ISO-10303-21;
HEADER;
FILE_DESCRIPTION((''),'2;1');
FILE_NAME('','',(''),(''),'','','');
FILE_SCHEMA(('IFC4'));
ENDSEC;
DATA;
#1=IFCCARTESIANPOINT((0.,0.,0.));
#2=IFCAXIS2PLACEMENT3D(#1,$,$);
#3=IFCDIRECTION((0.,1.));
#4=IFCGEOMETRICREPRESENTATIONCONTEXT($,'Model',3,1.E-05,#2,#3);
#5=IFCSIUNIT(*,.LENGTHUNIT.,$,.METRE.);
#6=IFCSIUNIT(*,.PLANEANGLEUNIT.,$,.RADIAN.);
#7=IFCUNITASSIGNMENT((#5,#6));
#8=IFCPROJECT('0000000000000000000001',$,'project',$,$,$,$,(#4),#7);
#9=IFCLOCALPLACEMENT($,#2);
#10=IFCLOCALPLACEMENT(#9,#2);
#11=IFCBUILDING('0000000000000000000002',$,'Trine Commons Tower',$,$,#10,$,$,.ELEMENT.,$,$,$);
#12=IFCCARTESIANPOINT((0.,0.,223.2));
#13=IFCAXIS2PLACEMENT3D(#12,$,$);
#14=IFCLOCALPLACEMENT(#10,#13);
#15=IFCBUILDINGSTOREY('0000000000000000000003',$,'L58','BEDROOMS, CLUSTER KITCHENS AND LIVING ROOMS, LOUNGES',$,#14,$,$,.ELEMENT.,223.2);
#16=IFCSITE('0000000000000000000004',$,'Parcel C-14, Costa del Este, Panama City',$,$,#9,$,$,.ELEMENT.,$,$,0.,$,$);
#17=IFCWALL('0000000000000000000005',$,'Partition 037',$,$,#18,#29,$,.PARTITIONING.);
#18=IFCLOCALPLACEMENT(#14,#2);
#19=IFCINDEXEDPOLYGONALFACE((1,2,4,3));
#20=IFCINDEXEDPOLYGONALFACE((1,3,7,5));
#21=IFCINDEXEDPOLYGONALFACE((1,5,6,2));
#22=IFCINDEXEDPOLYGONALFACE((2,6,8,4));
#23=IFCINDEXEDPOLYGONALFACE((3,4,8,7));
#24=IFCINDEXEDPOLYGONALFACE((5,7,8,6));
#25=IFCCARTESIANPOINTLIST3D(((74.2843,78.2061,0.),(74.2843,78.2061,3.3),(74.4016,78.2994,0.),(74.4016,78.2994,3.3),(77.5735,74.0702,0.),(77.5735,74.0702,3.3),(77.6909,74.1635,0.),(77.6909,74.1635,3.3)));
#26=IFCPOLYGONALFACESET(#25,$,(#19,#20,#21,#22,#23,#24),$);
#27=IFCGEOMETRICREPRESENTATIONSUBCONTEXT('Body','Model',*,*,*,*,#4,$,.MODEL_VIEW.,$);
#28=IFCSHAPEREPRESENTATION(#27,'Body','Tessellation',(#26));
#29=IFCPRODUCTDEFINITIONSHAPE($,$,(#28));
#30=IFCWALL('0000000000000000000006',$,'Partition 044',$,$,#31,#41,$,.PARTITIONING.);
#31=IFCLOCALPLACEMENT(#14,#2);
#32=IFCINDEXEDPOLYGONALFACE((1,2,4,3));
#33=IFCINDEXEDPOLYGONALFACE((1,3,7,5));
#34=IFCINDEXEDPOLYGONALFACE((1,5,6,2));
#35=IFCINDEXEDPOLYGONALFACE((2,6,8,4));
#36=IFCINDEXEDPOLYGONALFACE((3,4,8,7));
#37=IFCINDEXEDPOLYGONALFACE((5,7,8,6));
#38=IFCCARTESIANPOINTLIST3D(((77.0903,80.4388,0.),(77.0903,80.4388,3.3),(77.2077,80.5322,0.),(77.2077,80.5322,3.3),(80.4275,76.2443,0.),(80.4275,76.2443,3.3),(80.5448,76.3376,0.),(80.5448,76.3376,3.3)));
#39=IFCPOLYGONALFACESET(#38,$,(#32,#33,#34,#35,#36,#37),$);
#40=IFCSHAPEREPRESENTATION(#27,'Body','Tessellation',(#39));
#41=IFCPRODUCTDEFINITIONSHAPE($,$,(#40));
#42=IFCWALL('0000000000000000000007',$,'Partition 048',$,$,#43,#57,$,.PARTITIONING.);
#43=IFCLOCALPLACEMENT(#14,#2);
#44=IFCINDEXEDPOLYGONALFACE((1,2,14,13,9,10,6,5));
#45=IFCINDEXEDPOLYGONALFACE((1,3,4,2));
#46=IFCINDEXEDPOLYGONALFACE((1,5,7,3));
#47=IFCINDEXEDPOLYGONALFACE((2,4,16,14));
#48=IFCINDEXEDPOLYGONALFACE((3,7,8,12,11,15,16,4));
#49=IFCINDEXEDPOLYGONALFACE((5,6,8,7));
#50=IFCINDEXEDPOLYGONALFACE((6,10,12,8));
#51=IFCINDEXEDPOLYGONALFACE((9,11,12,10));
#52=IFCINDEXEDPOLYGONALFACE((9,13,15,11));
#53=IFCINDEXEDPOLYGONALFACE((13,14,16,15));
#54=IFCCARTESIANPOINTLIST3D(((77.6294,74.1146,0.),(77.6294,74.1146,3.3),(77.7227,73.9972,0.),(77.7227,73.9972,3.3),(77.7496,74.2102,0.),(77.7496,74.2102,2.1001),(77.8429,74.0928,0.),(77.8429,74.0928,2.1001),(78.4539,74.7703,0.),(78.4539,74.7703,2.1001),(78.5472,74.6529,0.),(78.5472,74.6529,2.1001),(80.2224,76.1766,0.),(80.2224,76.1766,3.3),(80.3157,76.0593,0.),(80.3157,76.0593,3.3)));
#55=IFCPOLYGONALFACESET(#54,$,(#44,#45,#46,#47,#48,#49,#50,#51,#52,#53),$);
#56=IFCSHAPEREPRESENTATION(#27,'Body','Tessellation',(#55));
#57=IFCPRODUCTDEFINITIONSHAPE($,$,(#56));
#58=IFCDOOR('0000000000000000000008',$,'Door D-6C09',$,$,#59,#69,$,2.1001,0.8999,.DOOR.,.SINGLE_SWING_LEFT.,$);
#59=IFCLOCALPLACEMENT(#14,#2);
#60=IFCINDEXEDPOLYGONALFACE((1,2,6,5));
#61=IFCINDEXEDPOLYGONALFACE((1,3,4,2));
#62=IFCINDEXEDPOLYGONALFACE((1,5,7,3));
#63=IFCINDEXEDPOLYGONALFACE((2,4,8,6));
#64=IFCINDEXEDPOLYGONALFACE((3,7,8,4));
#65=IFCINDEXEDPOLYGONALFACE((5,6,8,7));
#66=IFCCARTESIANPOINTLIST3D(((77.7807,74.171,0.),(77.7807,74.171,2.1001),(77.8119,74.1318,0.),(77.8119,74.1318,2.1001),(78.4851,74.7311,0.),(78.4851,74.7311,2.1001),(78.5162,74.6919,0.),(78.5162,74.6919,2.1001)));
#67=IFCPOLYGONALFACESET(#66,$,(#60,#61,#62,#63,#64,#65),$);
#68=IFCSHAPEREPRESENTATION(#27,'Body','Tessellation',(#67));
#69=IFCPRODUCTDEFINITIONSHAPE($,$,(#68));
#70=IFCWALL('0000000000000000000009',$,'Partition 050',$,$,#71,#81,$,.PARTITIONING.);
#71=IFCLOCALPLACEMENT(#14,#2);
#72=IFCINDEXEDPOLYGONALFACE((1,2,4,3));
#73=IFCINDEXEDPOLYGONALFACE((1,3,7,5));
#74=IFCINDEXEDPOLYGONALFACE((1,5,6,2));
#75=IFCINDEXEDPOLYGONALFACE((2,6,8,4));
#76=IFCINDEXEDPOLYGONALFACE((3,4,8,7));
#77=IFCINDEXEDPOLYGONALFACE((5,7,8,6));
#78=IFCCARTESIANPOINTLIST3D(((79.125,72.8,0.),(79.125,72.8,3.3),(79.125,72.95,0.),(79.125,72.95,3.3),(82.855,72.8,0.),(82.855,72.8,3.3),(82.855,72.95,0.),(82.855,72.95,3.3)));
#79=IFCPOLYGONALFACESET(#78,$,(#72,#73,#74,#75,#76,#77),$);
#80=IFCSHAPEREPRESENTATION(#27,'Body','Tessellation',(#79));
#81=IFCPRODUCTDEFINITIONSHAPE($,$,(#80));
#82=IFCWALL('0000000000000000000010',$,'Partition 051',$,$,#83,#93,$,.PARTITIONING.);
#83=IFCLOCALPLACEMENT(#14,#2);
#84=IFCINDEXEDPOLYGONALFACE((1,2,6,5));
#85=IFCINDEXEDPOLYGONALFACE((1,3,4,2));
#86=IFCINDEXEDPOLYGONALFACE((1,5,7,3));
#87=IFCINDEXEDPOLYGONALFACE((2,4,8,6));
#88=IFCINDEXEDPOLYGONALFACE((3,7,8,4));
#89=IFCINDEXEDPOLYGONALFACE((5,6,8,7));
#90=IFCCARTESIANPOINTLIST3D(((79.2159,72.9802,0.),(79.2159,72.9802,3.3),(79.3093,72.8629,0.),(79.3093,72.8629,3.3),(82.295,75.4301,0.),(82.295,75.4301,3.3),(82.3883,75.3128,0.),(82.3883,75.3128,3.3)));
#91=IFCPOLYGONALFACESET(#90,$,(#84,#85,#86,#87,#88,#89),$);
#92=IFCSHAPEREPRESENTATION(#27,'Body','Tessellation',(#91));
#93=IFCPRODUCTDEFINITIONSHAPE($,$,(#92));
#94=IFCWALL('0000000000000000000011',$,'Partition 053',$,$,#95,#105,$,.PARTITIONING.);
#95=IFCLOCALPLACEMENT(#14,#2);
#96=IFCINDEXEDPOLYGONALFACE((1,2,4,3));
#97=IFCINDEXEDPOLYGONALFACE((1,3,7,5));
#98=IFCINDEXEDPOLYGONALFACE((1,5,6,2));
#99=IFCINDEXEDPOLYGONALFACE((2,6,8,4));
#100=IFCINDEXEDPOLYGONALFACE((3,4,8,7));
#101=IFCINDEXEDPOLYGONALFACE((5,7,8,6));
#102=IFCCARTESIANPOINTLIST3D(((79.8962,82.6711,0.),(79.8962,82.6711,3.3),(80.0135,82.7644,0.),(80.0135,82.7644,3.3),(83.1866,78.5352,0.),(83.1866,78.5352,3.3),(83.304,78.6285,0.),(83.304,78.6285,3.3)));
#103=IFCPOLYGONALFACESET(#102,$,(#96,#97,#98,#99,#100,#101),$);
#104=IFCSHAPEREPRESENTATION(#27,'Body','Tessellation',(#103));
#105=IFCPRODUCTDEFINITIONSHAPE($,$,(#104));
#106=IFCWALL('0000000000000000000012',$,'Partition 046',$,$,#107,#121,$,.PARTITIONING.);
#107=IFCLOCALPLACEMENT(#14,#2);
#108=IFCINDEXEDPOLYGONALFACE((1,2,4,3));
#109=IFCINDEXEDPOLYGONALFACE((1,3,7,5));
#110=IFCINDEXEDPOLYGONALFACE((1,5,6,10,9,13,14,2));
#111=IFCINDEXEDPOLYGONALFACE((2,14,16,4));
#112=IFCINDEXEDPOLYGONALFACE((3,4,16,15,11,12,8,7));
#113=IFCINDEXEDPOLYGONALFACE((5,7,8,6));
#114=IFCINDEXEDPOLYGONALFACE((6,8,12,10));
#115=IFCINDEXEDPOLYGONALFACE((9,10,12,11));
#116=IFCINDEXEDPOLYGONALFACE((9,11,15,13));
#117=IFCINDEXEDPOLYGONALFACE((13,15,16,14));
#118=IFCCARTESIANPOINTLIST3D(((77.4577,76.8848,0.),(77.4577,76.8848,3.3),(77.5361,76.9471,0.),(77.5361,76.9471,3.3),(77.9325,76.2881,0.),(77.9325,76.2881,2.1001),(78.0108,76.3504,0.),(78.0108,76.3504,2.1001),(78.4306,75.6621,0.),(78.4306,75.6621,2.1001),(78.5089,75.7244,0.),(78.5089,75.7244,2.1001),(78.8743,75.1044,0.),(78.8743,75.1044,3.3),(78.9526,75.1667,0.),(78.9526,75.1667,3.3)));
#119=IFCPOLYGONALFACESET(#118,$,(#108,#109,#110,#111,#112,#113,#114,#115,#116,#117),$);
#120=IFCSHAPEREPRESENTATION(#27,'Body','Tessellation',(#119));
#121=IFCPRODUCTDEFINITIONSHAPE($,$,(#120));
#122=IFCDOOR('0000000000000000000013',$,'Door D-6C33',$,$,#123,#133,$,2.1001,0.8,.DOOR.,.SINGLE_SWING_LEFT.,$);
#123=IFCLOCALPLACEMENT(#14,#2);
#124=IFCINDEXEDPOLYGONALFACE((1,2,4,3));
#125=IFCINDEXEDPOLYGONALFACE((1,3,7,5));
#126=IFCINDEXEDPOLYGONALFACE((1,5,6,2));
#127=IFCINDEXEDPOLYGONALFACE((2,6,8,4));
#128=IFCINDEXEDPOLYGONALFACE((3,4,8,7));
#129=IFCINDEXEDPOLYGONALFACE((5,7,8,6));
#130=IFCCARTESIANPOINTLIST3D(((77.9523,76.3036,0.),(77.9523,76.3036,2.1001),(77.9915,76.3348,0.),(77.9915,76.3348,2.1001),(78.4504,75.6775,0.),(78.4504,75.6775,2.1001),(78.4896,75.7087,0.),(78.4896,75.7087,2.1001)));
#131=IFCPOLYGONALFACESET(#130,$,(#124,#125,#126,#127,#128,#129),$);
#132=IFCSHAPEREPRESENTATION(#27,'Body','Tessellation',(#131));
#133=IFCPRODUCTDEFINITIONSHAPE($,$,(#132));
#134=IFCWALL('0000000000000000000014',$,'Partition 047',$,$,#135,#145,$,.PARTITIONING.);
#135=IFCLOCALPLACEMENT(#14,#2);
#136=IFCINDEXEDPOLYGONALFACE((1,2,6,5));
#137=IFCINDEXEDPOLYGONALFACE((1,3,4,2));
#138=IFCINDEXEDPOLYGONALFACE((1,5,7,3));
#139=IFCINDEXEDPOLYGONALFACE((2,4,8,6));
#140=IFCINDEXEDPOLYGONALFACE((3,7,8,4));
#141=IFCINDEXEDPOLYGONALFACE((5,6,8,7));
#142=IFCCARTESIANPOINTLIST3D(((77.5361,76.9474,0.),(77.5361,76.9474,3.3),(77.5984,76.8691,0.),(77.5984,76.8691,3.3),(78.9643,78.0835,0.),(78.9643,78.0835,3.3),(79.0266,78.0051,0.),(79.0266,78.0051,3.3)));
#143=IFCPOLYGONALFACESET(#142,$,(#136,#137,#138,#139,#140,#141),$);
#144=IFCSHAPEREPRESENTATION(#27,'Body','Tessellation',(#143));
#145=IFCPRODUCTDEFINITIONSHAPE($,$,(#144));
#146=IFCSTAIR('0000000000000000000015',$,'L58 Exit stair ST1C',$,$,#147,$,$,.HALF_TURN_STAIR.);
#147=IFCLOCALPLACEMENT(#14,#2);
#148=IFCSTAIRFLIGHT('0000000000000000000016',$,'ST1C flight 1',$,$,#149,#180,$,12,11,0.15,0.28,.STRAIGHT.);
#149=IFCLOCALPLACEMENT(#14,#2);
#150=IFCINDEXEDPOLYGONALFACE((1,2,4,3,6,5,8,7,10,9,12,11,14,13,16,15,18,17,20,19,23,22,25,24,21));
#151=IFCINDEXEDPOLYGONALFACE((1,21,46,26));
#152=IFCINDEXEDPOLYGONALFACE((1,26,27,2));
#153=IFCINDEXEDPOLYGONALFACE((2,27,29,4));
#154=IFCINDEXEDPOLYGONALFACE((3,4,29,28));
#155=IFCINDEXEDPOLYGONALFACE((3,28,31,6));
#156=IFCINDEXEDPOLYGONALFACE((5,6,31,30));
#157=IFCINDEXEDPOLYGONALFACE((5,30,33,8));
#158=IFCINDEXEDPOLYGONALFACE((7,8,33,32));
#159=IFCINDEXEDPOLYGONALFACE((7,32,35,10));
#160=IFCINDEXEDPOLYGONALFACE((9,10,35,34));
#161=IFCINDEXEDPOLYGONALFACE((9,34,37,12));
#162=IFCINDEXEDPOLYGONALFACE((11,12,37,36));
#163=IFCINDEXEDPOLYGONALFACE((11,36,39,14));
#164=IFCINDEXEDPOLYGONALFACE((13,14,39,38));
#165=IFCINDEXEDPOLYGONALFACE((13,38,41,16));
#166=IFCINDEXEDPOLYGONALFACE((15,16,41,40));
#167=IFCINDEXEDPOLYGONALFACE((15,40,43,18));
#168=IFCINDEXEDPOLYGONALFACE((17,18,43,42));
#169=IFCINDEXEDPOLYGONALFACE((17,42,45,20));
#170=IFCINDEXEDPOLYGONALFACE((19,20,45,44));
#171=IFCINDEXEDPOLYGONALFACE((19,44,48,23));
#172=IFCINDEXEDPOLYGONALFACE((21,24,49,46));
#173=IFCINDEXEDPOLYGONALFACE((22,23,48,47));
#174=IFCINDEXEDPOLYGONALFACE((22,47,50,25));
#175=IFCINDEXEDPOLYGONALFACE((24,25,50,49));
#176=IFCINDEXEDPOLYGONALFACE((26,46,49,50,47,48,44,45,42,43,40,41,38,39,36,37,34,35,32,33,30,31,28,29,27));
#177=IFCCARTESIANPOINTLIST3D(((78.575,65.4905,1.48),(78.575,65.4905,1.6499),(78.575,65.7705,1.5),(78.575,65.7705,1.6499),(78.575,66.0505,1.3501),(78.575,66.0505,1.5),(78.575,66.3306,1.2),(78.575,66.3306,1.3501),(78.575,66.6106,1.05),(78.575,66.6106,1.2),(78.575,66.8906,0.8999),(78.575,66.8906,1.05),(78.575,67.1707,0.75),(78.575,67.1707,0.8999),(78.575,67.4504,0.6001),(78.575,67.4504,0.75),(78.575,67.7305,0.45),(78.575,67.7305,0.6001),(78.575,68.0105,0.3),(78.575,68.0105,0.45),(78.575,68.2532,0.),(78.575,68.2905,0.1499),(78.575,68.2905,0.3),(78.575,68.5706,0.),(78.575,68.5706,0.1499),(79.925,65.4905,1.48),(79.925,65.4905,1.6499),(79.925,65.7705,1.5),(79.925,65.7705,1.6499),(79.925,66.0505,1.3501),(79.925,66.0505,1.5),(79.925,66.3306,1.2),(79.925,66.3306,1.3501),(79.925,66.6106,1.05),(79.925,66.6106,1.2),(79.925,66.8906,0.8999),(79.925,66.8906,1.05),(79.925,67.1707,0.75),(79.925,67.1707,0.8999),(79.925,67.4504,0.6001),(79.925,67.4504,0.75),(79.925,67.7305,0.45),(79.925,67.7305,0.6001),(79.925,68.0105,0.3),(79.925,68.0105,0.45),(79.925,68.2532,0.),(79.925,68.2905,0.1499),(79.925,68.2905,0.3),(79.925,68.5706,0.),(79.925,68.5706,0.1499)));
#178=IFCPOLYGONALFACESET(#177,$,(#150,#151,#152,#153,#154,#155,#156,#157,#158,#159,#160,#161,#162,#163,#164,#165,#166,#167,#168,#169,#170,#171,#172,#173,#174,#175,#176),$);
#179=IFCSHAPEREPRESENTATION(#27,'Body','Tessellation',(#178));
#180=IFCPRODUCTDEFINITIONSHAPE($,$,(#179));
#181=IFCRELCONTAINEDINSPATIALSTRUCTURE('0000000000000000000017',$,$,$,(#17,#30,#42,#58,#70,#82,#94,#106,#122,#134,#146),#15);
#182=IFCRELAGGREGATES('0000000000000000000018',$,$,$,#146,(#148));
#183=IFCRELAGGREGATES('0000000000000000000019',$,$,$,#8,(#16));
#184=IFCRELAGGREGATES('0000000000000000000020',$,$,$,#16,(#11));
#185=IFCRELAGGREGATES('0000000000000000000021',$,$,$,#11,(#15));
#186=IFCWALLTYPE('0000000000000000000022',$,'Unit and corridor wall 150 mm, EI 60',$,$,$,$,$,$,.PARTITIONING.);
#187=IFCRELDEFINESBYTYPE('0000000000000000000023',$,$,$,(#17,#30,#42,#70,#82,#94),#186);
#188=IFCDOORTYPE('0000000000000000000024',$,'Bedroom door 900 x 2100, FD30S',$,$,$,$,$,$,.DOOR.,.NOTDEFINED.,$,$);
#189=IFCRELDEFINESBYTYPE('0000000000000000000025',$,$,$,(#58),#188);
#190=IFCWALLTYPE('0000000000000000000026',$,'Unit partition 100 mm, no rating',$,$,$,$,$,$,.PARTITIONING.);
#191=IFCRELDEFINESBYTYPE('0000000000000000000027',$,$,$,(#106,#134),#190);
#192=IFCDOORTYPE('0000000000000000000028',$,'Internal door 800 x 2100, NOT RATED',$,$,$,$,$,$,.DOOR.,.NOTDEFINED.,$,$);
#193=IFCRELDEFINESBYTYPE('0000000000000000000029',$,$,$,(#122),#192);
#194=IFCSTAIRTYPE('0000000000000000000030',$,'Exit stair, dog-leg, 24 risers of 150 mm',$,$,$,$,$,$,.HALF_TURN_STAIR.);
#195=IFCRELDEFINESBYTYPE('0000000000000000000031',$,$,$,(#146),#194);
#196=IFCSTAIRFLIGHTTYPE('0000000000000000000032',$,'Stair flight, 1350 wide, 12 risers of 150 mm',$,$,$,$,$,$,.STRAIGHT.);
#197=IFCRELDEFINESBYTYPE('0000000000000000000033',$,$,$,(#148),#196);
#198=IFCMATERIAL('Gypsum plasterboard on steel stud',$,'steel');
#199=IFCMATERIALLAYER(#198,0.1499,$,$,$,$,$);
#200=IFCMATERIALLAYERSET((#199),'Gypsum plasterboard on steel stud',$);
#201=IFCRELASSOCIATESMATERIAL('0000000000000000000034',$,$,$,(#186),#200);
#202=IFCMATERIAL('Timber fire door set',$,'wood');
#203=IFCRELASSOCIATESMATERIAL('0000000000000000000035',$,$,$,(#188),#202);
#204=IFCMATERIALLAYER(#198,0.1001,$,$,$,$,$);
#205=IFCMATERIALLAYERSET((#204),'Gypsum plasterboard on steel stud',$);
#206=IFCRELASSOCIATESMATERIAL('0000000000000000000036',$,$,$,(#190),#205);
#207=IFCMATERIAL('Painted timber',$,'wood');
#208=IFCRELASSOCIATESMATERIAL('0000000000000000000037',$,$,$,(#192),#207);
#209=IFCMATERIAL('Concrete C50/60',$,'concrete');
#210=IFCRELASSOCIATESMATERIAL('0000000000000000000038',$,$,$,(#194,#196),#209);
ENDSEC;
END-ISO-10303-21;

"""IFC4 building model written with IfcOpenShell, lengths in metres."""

from ifc_helpers import new_model, si_unit, direction, frame, frame_2d, origin, place, context, subcontext, project, spatial, polyline, rectangle, outline, extrude, material, layer, layer_set, type_object, element, fill, aggregate, save


model = new_model("IFC4")

# Units and contexts
model_context = context("Model", 3, precision=1e-05, world=origin(), true_north=direction((0.0, 1.0)))
body_context = subcontext(model_context, "Body", "Model", "MODEL_VIEW")
ifc_project = project(units=[si_unit("LENGTHUNIT", "METRE"), si_unit("PLANEANGLEUNIT", "RADIAN")], contexts=[model_context])

# Site, building, storey
site_placement = place(None, origin())
site = spatial("IfcSite", under=ifc_project, at=site_placement, Name="Parcel C-14, Costa del Este, Panama City", CompositionType="ELEMENT", RefElevation=0.0)
building_placement = place(site_placement, origin())
building = spatial("IfcBuilding", under=site, at=building_placement, Name="Trine Commons Tower", CompositionType="ELEMENT")
storey_placement = place(building_placement, frame((0.0, 0.0, 223.2)))
storey = spatial("IfcBuildingStorey", under=building, at=storey_placement, Name="L58", Description="BEDROOMS, CLUSTER KITCHENS AND LIVING ROOMS, LOUNGES", CompositionType="ELEMENT", Elevation=223.2)

# Walls
ifc_material_1 = material(Name="Gypsum plasterboard on steel stud", Category="steel")
ifc_layer_1 = layer(ifc_material_1, 0.1499)
ifc_layer_set_1 = layer_set([ifc_layer_1], Name="Gypsum plasterboard on steel stud")
wall_type_1 = type_object("IfcWallType", Name="Unit and corridor wall 150 mm, EI 60", PredefinedType="PARTITIONING", material=ifc_layer_set_1)
wall_1_placement = place(storey_placement, frame((74.343, 78.2527, 0.0), z_axis=(0.0, 0.0, 1.0), x_axis=(0.622444, -0.782664, 0.0)))
element("IfcWall", 1, at=wall_1_placement, inside=storey, type_object=wall_type_1, Name="Partition 037", PredefinedType="PARTITIONING", context=body_context, shape_type="SweptSolid", body=[
    extrude(rectangle(XDim=5.2844, YDim=0.1499, at=frame_2d((2.6421, 0.0))), origin(), (0.0, 0.0, 1.0), 3.3),
])
wall_2_placement = place(storey_placement, frame((77.1489, 80.4856, 0.0), z_axis=(0.0, 0.0, 1.0), x_axis=(0.622588, -0.78255, 0.0)))
element("IfcWall", 2, at=wall_2_placement, inside=storey, type_object=wall_type_1, Name="Partition 044", PredefinedType="PARTITIONING", context=body_context, shape_type="SweptSolid", body=[
    extrude(rectangle(XDim=5.3601, YDim=0.1499, at=frame_2d((2.6802, 0.0))), origin(), (0.0, 0.0, 1.0), 3.3),
])

# Wall, opening, door
wall_3_placement = place(storey_placement, frame((77.676, 74.0559, 0.0), z_axis=(0.0, 0.0, 1.0), x_axis=(0.782692, 0.62241, 0.0)))
wall_3 = element("IfcWall", 3, at=wall_3_placement, inside=storey, type_object=wall_type_1, Name="Partition 048", PredefinedType="PARTITIONING", context=body_context, shape_type="SweptSolid", body=[
    extrude(rectangle(XDim=3.313, YDim=0.1499, at=frame_2d((1.6565, 0.0))), origin(), (0.0, 0.0, 1.0), 3.3),
])
opening_1_placement = place(wall_3_placement, frame((0.1536, 0.0, 0.0)))
opening_1 = element("IfcOpeningElement", 4, at=opening_1_placement, cuts=wall_3, PredefinedType="OPENING", context=body_context, shape_type="SweptSolid", body=[
    extrude(rectangle(XDim=0.8999, YDim=2.1001, at=frame_2d((0.45, 1.05))), frame((0.0, 0.085, 0.0), z_axis=(0.0, -1.0, 0.0), x_axis=(1.0, 0.0, 0.0)), (0.0, 0.0, 1.0), 0.1699),
])
ifc_material_2 = material(Name="Timber fire door set", Category="wood")
door_type_1 = type_object("IfcDoorType", Name="Bedroom door 900 x 2100, FD30S", OperationType="NOTDEFINED", PredefinedType="DOOR", material=ifc_material_2)
door_1_placement = place(opening_1_placement, origin())
door_1 = element("IfcDoor", 5, at=door_1_placement, inside=storey, type_object=door_type_1, Name="Door D-6C09", OperationType="SINGLE_SWING_LEFT", OverallHeight=2.1001, OverallWidth=0.8999, PredefinedType="DOOR", context=body_context, shape_type="SweptSolid", body=[
    extrude(rectangle(XDim=0.8999, YDim=2.1001, at=frame_2d((0.45, 1.05))), frame((0.0, 0.0249, 0.0), z_axis=(0.0, -1.0, 0.0), x_axis=(1.0, 0.0, 0.0)), (0.0, 0.0, 1.0), 0.05),
])
fill(opening_1, door_1)

# Walls
wall_4_placement = place(storey_placement, frame((79.125, 72.875, 0.0), z_axis=(0.0, 0.0, 1.0), x_axis=(1.0, 0.0, 0.0)))
element("IfcWall", 6, at=wall_4_placement, inside=storey, type_object=wall_type_1, Name="Partition 050", PredefinedType="PARTITIONING", context=body_context, shape_type="SweptSolid", body=[
    extrude(rectangle(XDim=3.73, YDim=0.1499, at=frame_2d((1.865, 0.0))), origin(), (0.0, 0.0, 1.0), 3.3),
])
wall_5_placement = place(storey_placement, frame((79.2627, 72.9216, 0.0), z_axis=(0.0, 0.0, 1.0), x_axis=(0.782519, 0.622627, 0.0)))
element("IfcWall", 7, at=wall_5_placement, inside=storey, type_object=wall_type_1, Name="Partition 051", PredefinedType="PARTITIONING", context=body_context, shape_type="SweptSolid", body=[
    extrude(rectangle(XDim=3.9348, YDim=0.1499, at=frame_2d((1.9673, 0.0))), origin(), (0.0, 0.0, 1.0), 3.3),
])
wall_6_placement = place(storey_placement, frame((79.9548, 82.7178, 0.0), z_axis=(0.0, 0.0, 1.0), x_axis=(0.622586, -0.782551, 0.0)))
element("IfcWall", 8, at=wall_6_placement, inside=storey, type_object=wall_type_1, Name="Partition 053", PredefinedType="PARTITIONING", context=body_context, shape_type="SweptSolid", body=[
    extrude(rectangle(XDim=5.2852, YDim=0.1499, at=frame_2d((2.6426, 0.0))), origin(), (0.0, 0.0, 1.0), 3.3),
])

# Wall, opening, door
ifc_layer_2 = layer(ifc_material_1, 0.1001)
ifc_layer_set_2 = layer_set([ifc_layer_2], Name="Gypsum plasterboard on steel stud")
wall_type_2 = type_object("IfcWallType", Name="Unit partition 100 mm, no rating", PredefinedType="PARTITIONING", material=ifc_layer_set_2)
wall_7_placement = place(storey_placement, frame((77.4968, 76.916, 0.0), z_axis=(0.0, 0.0, 1.0), x_axis=(0.622625, -0.78252, 0.0)))
wall_7 = element("IfcWall", 9, at=wall_7_placement, inside=storey, type_object=wall_type_2, Name="Partition 046", PredefinedType="PARTITIONING", context=body_context, shape_type="SweptSolid", body=[
    extrude(rectangle(XDim=2.2751, YDim=0.1001, at=frame_2d((1.1377, 0.0))), origin(), (0.0, 0.0, 1.0), 3.3),
])
opening_2_placement = place(wall_7_placement, frame((0.7627, 0.0, 0.0)))
opening_2 = element("IfcOpeningElement", 10, at=opening_2_placement, cuts=wall_7, PredefinedType="OPENING", context=body_context, shape_type="SweptSolid", body=[
    extrude(rectangle(XDim=0.8, YDim=2.1001, at=frame_2d((0.3999, 1.05))), frame((0.0, 0.0601, 0.0), z_axis=(0.0, -1.0, 0.0), x_axis=(1.0, 0.0, 0.0)), (0.0, 0.0, 1.0), 0.1201),
])
ifc_material_3 = material(Name="Painted timber", Category="wood")
door_type_2 = type_object("IfcDoorType", Name="Internal door 800 x 2100, NOT RATED", OperationType="NOTDEFINED", PredefinedType="DOOR", material=ifc_material_3)
door_2_placement = place(opening_2_placement, frame((0.8, 0.0, 0.0), z_axis=(0.0, 0.0, 1.0), x_axis=(-1.0, 0.0, 0.0)))
door_2 = element("IfcDoor", 11, at=door_2_placement, inside=storey, type_object=door_type_2, Name="Door D-6C33", OperationType="SINGLE_SWING_LEFT", OverallHeight=2.1001, OverallWidth=0.8, PredefinedType="DOOR", context=body_context, shape_type="SweptSolid", body=[
    extrude(rectangle(XDim=0.8, YDim=2.1001, at=frame_2d((0.3999, 1.05))), frame((0.0, 0.0249, 0.0), z_axis=(0.0, -1.0, 0.0), x_axis=(1.0, 0.0, 0.0)), (0.0, 0.0, 1.0), 0.05),
])
fill(opening_2, door_2)

# Wall
wall_8_placement = place(storey_placement, frame((77.5671, 76.9082, 0.0), z_axis=(0.0, 0.0, 1.0), x_axis=(0.782628, 0.62249, 0.0)))
element("IfcWall", 12, at=wall_8_placement, inside=storey, type_object=wall_type_2, Name="Partition 047", PredefinedType="PARTITIONING", context=body_context, shape_type="SweptSolid", body=[
    extrude(rectangle(XDim=1.825, YDim=0.1001, at=frame_2d((0.9126, 0.0))), origin(), (0.0, 0.0, 1.0), 3.3),
])

# Stair, stair flight
ifc_material_4 = material(Name="Concrete C50/60", Category="concrete")
stair_type = type_object("IfcStairType", Name="Exit stair, dog-leg, 24 risers of 150 mm", PredefinedType="HALF_TURN_STAIR", material=ifc_material_4)
stair_placement = place(storey_placement, origin())
stair = element("IfcStair", 13, at=stair_placement, inside=storey, type_object=stair_type, Name="L58 Exit stair ST1C", PredefinedType="HALF_TURN_STAIR")
stair_flight_type = type_object("IfcStairFlightType", Name="Stair flight, 1350 wide, 12 risers of 150 mm", PredefinedType="STRAIGHT", material=ifc_material_4)
stair_flight_placement = place(storey_placement, frame((79.25, 68.5706, 0.0), z_axis=(0.0, 0.0, 1.0), x_axis=(0.0, -1.0, 0.0)))
stair_flight = element("IfcStairFlight", 14, at=stair_flight_placement, type_object=stair_flight_type, Name="ST1C flight 1", NumberOfRisers=12, NumberOfTreads=11, PredefinedType="STRAIGHT", RiserHeight=0.15, TreadLength=0.28, context=body_context, shape_type="SweptSolid", body=[
    extrude(outline(polyline([(0.0, 0.0), (0.0, 0.1499), (0.28, 0.1499), (0.28, 0.3), (0.5601, 0.3), (0.5601, 0.45), (0.8401, 0.45), (0.8401, 0.6001), (1.1201, 0.6001), (1.1201, 0.75), (1.3999, 0.75), (1.3999, 0.8999), (1.6799, 0.8999), (1.6799, 1.05), (1.96, 1.05), (1.96, 1.2), (2.24, 1.2), (2.24, 1.3501), (2.52, 1.3501), (2.52, 1.5), (2.8, 1.5), (2.8, 1.6499), (3.0801, 1.6499), (3.0801, 1.8), (3.0801, 1.48), (0.3174, 0.0), (0.0, 0.0)])), frame((0.0, 0.675, 0.0), z_axis=(0.0, -1.0, 0.0), x_axis=(1.0, 0.0, 0.0)), (0.0, 0.0, 1.0), 1.3501),
])
aggregate(stair, [stair_flight])

save(model, "model.ifc")
